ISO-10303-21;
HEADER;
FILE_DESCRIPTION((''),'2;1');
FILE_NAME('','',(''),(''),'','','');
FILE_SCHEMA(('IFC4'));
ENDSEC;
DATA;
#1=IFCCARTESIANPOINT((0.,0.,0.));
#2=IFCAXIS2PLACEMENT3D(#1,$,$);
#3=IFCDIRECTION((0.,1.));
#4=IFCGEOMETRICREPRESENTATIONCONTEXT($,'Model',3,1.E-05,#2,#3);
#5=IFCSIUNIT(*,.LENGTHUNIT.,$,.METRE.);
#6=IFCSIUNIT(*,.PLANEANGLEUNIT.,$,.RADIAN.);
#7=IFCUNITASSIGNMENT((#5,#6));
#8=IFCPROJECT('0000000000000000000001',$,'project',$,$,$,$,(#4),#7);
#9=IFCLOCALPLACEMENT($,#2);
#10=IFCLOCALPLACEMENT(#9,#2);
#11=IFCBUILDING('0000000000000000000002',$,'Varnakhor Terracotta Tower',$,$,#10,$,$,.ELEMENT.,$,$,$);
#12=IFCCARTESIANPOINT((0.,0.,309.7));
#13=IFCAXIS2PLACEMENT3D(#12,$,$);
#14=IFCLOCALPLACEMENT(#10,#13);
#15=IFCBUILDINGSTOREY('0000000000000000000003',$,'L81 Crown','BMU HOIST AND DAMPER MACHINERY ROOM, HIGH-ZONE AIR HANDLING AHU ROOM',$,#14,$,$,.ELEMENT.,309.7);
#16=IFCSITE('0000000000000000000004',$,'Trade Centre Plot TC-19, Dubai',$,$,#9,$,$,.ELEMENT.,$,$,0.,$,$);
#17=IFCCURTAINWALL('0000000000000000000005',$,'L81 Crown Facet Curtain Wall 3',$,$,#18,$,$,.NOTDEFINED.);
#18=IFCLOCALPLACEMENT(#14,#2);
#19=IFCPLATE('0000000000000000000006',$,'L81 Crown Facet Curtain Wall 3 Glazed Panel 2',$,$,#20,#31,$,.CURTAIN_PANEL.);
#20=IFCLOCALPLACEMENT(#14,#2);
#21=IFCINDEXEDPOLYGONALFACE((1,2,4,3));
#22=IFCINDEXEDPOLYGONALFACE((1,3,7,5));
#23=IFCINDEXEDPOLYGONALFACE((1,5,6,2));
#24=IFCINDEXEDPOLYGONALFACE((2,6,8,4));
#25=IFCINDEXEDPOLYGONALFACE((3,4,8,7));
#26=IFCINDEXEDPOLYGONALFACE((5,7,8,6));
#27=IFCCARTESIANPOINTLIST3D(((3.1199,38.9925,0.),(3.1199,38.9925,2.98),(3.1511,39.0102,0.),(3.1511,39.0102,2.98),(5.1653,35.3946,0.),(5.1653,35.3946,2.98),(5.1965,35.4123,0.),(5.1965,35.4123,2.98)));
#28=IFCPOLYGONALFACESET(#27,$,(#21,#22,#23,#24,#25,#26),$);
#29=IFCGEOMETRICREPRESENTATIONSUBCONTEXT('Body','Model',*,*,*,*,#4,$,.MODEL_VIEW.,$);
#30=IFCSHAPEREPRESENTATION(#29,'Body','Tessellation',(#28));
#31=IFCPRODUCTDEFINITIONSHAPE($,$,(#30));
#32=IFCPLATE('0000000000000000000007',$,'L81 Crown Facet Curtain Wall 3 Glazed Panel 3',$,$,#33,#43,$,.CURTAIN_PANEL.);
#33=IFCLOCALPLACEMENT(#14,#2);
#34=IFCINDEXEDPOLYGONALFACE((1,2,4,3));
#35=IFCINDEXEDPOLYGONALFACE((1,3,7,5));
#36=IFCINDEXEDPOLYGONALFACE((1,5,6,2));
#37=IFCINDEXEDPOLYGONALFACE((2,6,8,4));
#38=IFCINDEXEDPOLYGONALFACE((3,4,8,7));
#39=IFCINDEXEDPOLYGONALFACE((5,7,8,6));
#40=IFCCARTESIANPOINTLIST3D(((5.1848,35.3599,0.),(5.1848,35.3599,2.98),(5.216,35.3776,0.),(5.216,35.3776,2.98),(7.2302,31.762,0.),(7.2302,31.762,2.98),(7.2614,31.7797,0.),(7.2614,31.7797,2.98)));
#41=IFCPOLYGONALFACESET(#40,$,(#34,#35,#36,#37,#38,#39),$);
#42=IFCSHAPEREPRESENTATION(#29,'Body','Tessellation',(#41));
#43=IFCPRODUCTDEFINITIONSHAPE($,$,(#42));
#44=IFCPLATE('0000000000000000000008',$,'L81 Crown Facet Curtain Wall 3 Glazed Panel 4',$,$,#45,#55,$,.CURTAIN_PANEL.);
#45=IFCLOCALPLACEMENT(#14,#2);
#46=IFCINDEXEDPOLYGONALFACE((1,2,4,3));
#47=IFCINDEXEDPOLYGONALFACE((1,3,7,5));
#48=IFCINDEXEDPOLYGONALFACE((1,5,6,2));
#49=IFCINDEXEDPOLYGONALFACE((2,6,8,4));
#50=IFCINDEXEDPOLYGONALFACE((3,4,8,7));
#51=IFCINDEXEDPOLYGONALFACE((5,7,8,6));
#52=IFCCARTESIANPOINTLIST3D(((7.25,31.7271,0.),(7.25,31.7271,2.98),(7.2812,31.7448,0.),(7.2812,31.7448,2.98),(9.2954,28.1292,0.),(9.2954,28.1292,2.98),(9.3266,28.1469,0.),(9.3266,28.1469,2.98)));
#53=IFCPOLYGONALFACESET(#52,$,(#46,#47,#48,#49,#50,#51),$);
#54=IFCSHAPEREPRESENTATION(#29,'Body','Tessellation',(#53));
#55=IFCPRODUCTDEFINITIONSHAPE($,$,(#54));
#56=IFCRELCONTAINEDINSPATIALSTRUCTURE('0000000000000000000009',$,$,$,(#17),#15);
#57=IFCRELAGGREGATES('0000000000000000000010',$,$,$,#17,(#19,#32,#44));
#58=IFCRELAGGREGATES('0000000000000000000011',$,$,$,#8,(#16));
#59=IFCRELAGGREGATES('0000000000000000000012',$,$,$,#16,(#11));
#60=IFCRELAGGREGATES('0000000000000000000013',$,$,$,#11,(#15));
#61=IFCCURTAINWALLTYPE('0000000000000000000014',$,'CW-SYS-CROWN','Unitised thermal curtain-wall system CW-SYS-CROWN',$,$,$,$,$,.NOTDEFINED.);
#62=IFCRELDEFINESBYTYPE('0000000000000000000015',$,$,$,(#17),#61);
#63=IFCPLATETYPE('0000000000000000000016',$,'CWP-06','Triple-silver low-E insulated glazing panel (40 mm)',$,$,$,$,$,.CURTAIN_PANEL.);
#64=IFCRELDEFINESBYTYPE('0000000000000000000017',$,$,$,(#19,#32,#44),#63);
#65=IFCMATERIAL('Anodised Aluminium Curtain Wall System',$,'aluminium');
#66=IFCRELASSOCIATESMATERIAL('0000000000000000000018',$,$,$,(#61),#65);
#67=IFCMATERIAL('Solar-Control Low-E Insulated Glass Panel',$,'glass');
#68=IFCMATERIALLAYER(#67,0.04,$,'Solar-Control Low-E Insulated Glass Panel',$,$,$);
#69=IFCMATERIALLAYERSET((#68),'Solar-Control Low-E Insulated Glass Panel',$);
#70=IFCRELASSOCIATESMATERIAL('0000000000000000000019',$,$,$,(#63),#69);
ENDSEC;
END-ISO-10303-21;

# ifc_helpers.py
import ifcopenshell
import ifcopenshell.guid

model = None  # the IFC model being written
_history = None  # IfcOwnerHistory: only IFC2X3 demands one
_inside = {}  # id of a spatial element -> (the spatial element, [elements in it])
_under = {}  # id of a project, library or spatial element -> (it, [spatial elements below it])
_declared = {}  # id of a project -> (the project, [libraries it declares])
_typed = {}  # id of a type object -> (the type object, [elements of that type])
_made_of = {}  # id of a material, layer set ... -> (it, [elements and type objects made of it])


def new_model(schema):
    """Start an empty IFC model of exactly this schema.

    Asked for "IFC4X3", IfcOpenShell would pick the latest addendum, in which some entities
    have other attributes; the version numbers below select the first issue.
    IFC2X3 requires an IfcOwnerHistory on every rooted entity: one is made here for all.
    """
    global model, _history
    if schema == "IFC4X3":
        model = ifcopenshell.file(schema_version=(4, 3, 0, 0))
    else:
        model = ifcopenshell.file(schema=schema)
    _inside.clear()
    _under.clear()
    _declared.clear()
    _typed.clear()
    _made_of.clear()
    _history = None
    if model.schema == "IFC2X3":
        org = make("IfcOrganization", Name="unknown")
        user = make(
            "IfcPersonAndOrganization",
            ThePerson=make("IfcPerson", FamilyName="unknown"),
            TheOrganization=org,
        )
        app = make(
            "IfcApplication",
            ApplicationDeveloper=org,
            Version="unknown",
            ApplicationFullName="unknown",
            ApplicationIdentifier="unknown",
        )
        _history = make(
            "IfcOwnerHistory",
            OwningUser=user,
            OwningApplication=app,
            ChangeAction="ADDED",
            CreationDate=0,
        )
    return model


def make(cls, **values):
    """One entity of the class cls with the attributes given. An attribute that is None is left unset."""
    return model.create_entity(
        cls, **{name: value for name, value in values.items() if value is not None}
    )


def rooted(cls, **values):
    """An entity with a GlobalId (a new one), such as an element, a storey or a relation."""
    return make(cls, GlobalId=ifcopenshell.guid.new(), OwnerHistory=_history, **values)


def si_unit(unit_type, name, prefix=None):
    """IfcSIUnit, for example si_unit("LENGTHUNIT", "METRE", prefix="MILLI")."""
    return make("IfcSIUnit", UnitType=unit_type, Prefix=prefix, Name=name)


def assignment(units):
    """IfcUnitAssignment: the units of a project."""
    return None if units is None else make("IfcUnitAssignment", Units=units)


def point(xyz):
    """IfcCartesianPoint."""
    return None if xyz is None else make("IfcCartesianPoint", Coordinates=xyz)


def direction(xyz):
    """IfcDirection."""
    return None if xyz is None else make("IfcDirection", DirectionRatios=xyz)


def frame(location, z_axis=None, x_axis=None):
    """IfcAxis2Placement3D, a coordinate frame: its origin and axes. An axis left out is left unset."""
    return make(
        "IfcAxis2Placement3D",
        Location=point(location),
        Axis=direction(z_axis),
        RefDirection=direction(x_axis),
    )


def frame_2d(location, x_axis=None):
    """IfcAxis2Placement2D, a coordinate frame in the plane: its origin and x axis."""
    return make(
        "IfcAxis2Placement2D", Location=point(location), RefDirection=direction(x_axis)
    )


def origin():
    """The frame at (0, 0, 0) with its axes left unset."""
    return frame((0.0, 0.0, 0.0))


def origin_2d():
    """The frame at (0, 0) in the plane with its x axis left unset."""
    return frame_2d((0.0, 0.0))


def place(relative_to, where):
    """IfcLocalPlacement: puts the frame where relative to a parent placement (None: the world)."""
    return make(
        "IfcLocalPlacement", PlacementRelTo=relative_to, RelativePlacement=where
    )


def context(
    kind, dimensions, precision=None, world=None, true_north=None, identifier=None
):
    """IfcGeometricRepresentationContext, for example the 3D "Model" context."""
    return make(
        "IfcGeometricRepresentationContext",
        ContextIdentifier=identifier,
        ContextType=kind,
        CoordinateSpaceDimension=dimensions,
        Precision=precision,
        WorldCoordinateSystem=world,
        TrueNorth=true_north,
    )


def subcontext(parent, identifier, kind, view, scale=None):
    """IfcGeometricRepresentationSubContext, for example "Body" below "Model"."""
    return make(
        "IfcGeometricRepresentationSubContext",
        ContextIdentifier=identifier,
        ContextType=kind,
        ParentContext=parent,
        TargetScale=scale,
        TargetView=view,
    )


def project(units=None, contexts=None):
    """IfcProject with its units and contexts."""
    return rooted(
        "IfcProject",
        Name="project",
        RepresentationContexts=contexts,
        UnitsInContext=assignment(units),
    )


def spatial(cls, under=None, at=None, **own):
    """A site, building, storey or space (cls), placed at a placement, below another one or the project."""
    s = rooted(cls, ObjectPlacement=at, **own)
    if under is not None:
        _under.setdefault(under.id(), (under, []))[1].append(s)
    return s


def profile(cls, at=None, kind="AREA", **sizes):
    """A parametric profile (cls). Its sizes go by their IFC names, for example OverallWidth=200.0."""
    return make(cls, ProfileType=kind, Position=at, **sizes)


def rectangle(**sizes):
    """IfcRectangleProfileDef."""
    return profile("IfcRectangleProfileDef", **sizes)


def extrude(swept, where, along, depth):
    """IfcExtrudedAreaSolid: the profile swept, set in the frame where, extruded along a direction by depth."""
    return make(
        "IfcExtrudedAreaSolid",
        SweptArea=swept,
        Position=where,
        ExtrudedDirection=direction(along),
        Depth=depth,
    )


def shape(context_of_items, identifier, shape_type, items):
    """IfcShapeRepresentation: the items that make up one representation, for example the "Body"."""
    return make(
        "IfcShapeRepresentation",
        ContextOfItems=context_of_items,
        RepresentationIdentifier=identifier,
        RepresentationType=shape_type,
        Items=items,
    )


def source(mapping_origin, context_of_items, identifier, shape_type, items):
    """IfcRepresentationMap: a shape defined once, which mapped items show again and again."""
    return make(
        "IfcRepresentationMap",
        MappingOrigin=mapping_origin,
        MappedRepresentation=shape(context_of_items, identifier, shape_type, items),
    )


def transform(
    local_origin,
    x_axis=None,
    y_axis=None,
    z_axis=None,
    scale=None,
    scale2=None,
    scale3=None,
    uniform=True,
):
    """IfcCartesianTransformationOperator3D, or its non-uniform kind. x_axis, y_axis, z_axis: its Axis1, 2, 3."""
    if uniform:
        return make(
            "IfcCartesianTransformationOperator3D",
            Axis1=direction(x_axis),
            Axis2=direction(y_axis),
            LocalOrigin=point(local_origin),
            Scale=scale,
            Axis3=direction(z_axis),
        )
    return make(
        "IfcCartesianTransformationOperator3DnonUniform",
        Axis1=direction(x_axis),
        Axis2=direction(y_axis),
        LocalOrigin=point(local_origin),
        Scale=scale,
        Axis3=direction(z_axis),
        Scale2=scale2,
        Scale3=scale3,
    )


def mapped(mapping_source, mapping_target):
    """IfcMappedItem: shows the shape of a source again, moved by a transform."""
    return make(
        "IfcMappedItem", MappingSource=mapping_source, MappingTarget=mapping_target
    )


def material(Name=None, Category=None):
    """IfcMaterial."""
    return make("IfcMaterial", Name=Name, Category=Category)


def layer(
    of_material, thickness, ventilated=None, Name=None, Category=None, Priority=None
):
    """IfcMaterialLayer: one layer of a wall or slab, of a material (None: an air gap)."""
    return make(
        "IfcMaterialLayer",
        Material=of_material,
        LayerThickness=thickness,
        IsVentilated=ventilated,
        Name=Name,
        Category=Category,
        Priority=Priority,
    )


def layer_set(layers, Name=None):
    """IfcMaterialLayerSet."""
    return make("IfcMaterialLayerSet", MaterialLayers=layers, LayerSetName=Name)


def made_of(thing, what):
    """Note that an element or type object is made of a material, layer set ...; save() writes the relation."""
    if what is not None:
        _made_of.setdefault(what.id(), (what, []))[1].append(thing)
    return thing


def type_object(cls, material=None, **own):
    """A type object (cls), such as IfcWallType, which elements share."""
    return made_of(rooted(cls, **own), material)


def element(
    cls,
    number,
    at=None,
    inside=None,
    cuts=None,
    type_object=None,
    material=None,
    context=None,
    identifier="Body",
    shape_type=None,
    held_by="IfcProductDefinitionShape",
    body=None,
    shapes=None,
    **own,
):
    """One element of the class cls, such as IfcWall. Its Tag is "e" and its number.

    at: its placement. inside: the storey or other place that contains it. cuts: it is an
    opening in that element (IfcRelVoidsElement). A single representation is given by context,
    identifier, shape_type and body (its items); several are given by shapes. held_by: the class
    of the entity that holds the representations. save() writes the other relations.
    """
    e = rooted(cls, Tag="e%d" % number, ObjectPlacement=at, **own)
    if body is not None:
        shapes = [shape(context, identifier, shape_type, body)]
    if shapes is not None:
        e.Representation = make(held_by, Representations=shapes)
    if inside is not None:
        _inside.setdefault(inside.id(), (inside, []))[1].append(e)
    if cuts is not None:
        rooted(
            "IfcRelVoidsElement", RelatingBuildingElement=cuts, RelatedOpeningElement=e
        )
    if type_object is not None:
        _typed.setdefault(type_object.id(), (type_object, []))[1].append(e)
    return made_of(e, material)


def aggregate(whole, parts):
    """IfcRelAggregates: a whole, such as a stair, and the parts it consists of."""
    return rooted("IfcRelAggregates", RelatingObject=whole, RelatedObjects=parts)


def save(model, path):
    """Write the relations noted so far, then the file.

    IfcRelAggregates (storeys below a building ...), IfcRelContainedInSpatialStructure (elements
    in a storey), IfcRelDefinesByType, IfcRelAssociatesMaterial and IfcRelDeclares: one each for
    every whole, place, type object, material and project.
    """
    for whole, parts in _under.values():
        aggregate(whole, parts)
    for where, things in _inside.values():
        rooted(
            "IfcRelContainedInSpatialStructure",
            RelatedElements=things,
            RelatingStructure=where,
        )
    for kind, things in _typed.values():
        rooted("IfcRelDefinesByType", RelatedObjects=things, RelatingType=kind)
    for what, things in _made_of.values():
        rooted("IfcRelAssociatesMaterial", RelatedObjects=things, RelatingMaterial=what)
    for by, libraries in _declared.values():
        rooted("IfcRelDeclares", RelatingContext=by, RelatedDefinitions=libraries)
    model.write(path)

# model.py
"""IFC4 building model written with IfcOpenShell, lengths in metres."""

from ifc_helpers import new_model, si_unit, direction, frame, origin, origin_2d, place, context, subcontext, project, spatial, rectangle, extrude, source, transform, mapped, material, layer, layer_set, type_object, element, aggregate, save


model = new_model("IFC4")

# Units and contexts
model_context = context("Model", 3, precision=1e-05, world=origin(), true_north=direction((0.0, 1.0)))
body_context = subcontext(model_context, "Body", "Model", "MODEL_VIEW")
ifc_project = project(units=[si_unit("LENGTHUNIT", "METRE"), si_unit("PLANEANGLEUNIT", "RADIAN")], contexts=[model_context])

# Site, building, storey
site_placement = place(None, origin())
site = spatial("IfcSite", under=ifc_project, at=site_placement, Name="Trade Centre Plot TC-19, Dubai", CompositionType="ELEMENT", RefElevation=0.0)
building_placement = place(site_placement, origin())
building = spatial("IfcBuilding", under=site, at=building_placement, Name="Varnakhor Terracotta Tower", CompositionType="ELEMENT")
storey_placement = place(building_placement, frame((0.0, 0.0, 309.7)))
storey = spatial("IfcBuildingStorey", under=building, at=storey_placement, Name="L81 Crown", Description="BMU HOIST AND DAMPER MACHINERY ROOM, HIGH-ZONE AIR HANDLING AHU ROOM", CompositionType="ELEMENT", Elevation=309.7)

# Shared definitions
ifc_material_1 = material(Name="Anodised Aluminium Curtain Wall System", Category="aluminium")
curtain_wall_type = type_object("IfcCurtainWallType", Name="CW-SYS-CROWN", Description="Unitised thermal curtain-wall system CW-SYS-CROWN", PredefinedType="NOTDEFINED", material=ifc_material_1)

# Curtain wall
curtain_wall_1_placement = place(storey_placement, origin())
curtain_wall_1 = element("IfcCurtainWall", 1, at=curtain_wall_1_placement, inside=storey, type_object=curtain_wall_type, Name="L81 Crown Facet Curtain Wall 3", PredefinedType="NOTDEFINED")

# Plates
ifc_material_2 = material(Name="Solar-Control Low-E Insulated Glass Panel", Category="glass")
ifc_layer = layer(ifc_material_2, 0.04, Name="Solar-Control Low-E Insulated Glass Panel")
ifc_layer_set = layer_set([ifc_layer], Name="Solar-Control Low-E Insulated Glass Panel")
plate_type = type_object("IfcPlateType", Name="CWP-06", Description="Triple-silver low-E insulated glazing panel (40 mm)", PredefinedType="CURTAIN_PANEL", material=ifc_layer_set)
shared_shape_1 = source(origin(), body_context, "Body", "SweptSolid", [
    extrude(rectangle(XDim=4.1387, YDim=0.0359, at=origin_2d()), origin(), (0.0, 0.0, 1.0), 2.98),
])
plate_1_placement = place(storey_placement, frame((4.1582, 37.2024, 0.0), z_axis=(0.0, 0.0, 1.0), x_axis=(0.494215, -0.86934, 0.0)))
plate_1 = element("IfcPlate", 2, at=plate_1_placement, type_object=plate_type, Name="L81 Crown Facet Curtain Wall 3 Glazed Panel 2", PredefinedType="CURTAIN_PANEL", context=body_context, shape_type="MappedRepresentation", body=[
    mapped(shared_shape_1, transform((0.0, 0.0, 0.0), scale=1.0)),
])
plate_2_placement = place(storey_placement, frame((6.2231, 33.5698, 0.0), z_axis=(0.0, 0.0, 1.0), x_axis=(0.494215, -0.86934, 0.0)))
plate_2 = element("IfcPlate", 3, at=plate_2_placement, type_object=plate_type, Name="L81 Crown Facet Curtain Wall 3 Glazed Panel 3", PredefinedType="CURTAIN_PANEL", context=body_context, shape_type="MappedRepresentation", body=[
    mapped(shared_shape_1, transform((0.0, 0.0, 0.0), scale=1.0)),
])
plate_3_placement = place(storey_placement, frame((8.2883, 29.937, 0.0), z_axis=(0.0, 0.0, 1.0), x_axis=(0.494215, -0.86934, 0.0)))
plate_3 = element("IfcPlate", 4, at=plate_3_placement, type_object=plate_type, Name="L81 Crown Facet Curtain Wall 3 Glazed Panel 4", PredefinedType="CURTAIN_PANEL", context=body_context, shape_type="MappedRepresentation", body=[
    mapped(shared_shape_1, transform((0.0, 0.0, 0.0), scale=1.0)),
])
aggregate(curtain_wall_1, [plate_1, plate_2, plate_3])

save(model, "model.ifc")
